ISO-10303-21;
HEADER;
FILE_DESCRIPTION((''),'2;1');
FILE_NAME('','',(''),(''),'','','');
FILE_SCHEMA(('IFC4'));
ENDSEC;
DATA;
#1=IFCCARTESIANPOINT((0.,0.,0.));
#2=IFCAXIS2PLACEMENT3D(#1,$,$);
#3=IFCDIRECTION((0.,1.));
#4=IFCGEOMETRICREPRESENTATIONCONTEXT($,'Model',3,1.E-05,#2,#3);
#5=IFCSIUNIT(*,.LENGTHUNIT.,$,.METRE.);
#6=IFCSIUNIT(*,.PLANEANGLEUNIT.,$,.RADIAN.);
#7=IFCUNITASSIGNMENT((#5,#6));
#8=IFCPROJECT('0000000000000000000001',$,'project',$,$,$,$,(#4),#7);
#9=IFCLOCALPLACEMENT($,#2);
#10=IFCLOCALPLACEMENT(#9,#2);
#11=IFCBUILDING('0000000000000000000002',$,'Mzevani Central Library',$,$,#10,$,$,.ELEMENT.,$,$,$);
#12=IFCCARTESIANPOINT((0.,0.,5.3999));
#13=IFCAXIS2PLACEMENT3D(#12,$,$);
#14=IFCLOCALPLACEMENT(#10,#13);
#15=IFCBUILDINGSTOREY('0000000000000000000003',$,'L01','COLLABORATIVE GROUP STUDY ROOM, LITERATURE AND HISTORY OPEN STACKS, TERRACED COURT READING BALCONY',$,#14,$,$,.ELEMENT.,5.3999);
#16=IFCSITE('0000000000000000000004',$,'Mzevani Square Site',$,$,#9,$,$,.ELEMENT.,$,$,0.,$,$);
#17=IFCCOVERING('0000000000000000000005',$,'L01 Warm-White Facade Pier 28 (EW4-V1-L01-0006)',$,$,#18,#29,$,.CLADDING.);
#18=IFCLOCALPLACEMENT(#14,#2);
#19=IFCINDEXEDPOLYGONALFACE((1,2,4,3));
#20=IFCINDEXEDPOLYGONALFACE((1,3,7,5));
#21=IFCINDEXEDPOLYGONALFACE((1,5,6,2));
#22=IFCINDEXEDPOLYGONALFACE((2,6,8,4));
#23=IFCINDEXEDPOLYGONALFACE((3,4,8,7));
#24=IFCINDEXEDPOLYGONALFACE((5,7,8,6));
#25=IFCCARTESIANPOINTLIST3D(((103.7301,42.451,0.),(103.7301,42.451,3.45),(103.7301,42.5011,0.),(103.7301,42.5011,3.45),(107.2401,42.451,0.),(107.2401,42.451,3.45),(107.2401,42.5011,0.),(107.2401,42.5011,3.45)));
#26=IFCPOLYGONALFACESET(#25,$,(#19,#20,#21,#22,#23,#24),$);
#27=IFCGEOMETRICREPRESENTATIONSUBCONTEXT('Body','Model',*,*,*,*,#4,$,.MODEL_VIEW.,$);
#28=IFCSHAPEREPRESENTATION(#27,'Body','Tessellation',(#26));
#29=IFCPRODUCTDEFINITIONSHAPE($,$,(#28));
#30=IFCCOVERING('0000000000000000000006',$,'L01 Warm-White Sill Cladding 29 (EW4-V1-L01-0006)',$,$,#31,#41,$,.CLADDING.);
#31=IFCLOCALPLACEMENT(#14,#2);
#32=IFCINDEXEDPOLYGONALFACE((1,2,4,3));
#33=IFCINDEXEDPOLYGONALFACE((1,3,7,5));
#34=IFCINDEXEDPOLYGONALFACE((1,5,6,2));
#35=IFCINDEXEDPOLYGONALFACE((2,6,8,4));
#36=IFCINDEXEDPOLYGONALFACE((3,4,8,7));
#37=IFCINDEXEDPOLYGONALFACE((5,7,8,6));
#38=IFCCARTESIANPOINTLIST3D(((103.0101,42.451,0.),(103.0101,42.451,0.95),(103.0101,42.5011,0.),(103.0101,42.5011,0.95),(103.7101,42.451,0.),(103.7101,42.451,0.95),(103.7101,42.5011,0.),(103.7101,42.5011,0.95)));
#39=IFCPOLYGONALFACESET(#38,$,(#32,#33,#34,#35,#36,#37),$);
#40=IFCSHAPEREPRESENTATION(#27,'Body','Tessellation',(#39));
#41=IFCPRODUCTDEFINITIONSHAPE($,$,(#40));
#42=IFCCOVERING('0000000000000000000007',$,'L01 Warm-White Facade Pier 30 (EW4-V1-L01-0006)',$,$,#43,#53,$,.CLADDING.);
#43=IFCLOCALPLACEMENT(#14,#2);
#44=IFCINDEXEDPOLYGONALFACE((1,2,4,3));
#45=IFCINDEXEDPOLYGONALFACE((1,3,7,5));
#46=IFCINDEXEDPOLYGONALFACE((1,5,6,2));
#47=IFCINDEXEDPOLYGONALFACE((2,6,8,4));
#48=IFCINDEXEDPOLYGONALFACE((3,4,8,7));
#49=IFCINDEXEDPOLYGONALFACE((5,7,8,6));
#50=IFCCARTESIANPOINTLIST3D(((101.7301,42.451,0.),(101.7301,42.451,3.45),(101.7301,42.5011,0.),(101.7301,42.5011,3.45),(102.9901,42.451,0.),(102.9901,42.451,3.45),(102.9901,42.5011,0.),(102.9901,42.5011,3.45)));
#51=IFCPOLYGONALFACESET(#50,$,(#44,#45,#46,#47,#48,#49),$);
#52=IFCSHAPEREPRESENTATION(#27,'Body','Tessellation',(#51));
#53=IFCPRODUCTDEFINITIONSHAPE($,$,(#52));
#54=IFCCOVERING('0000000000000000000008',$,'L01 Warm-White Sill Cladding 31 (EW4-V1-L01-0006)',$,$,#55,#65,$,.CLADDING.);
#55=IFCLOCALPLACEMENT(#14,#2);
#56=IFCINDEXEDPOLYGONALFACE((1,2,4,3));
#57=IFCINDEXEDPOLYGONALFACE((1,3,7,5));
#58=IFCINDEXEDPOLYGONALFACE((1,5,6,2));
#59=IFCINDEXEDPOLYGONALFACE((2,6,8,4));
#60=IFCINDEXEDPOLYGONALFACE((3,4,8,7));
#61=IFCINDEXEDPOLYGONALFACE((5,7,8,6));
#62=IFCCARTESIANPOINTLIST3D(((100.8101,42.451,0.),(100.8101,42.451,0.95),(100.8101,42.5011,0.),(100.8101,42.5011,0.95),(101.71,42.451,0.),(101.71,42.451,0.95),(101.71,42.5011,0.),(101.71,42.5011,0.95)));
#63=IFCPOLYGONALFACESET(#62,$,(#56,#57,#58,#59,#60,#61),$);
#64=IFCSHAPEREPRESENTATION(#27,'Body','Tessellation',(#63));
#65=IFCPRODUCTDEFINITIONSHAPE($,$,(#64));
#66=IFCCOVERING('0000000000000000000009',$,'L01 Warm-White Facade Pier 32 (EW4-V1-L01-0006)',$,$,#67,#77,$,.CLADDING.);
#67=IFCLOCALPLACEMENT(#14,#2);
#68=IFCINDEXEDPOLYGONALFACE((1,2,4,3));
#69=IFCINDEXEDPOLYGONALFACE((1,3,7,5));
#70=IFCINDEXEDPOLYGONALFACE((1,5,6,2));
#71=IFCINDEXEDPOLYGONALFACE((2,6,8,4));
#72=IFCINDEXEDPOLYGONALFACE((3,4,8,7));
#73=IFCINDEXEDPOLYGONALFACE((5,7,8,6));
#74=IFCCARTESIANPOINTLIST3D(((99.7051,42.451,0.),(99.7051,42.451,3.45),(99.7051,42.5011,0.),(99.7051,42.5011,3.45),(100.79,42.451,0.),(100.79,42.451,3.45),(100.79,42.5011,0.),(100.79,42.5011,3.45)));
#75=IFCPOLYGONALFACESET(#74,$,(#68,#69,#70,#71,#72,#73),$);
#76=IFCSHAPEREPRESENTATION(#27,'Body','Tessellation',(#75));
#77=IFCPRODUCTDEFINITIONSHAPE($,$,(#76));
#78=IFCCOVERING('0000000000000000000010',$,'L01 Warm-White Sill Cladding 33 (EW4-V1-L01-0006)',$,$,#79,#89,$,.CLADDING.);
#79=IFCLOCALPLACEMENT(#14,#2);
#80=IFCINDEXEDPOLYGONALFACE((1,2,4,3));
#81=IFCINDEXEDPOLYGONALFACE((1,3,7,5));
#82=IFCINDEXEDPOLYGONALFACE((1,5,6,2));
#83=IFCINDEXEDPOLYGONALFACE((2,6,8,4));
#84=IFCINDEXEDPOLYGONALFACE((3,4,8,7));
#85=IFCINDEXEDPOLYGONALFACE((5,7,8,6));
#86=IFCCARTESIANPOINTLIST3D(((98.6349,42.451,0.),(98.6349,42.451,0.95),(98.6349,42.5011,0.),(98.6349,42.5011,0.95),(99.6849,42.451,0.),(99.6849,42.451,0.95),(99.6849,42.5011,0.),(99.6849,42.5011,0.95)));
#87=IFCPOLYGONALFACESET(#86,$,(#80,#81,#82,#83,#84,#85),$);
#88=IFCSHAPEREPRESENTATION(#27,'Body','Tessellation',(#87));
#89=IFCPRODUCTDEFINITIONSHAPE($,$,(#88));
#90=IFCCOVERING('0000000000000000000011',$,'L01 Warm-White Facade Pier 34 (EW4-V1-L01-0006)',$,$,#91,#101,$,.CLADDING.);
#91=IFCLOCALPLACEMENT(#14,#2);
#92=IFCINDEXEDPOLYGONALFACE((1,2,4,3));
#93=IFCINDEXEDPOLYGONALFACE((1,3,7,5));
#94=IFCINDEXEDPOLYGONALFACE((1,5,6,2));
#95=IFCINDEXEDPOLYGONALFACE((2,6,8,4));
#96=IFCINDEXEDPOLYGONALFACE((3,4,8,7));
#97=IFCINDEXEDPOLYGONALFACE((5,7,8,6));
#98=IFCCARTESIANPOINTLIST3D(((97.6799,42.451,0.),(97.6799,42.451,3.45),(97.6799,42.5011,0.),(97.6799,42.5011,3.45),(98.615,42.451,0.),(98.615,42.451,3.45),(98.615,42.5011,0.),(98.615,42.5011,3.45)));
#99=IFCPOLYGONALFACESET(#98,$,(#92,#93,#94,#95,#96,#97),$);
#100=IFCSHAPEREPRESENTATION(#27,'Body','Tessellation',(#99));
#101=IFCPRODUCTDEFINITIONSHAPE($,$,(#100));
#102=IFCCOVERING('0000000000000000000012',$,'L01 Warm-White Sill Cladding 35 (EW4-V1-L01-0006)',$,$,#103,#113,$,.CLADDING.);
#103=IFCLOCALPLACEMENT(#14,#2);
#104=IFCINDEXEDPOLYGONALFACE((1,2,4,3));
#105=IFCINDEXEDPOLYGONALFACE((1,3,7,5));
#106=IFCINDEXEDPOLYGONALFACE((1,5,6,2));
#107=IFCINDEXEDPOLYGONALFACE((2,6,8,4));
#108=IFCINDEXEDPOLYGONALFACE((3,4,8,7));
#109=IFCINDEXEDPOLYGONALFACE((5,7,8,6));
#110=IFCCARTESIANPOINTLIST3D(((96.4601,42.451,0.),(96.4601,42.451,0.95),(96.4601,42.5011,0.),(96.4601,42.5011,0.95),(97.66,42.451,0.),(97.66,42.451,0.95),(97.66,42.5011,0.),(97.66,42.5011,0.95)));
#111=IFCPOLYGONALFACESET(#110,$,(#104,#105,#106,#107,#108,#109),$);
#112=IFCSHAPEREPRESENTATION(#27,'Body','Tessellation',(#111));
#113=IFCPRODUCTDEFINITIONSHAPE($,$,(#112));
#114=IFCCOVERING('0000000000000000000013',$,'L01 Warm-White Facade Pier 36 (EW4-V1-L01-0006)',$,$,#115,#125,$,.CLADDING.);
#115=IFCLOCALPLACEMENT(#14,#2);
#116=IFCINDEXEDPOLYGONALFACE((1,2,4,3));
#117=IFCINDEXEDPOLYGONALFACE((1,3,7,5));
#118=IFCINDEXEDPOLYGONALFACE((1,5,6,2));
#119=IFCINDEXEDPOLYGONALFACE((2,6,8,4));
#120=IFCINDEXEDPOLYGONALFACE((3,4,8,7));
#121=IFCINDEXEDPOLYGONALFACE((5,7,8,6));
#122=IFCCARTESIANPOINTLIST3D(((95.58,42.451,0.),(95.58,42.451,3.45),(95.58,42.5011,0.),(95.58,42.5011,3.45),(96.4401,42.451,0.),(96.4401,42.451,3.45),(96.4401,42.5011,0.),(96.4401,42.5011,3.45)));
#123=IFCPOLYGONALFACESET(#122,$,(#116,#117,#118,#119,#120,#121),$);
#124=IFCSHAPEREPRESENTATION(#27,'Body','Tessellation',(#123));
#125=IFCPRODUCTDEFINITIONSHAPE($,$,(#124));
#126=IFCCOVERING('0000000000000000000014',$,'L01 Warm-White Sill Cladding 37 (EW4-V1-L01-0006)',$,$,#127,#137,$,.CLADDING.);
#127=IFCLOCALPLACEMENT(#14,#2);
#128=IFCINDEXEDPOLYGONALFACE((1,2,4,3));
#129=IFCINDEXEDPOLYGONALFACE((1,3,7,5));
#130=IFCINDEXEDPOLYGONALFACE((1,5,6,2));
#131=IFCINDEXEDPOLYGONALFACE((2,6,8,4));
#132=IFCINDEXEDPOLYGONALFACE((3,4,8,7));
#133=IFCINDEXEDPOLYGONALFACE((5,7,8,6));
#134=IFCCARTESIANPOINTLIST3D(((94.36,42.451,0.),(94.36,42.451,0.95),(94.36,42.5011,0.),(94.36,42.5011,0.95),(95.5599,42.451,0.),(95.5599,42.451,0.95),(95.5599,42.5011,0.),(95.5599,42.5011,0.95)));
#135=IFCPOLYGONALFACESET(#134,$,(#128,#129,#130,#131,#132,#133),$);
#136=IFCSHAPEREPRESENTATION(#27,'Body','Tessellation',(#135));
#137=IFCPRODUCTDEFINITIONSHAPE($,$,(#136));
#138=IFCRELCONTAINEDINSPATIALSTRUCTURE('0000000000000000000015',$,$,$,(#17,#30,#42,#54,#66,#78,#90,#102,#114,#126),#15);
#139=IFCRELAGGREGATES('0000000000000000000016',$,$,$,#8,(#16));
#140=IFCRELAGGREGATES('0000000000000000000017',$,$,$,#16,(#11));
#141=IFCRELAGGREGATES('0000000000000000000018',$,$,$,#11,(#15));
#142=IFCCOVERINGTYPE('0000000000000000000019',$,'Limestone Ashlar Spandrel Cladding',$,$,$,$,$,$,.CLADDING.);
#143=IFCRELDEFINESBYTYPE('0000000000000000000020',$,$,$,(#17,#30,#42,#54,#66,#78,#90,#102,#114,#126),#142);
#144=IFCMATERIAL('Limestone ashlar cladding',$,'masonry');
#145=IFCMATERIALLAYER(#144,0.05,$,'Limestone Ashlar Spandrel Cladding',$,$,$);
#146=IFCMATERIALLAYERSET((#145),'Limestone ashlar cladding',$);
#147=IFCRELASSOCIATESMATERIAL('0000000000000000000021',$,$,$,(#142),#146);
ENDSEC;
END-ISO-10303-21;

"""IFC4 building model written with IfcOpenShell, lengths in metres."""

from ifc_helpers import new_model, si_unit, direction, frame, origin, origin_2d, place, context, subcontext, project, spatial, rectangle, extrude, material, layer, layer_set, type_object, element, save


model = new_model("IFC4")

# Units and contexts
model_context = context("Model", 3, precision=1e-05, world=origin(), true_north=direction((0.0, 1.0)))
body_context = subcontext(model_context, "Body", "Model", "MODEL_VIEW")
ifc_project = project(units=[si_unit("LENGTHUNIT", "METRE"), si_unit("PLANEANGLEUNIT", "RADIAN")], contexts=[model_context])

# Site, building, storey
site_placement = place(None, origin())
site = spatial("IfcSite", under=ifc_project, at=site_placement, Name="Mzevani Square Site", CompositionType="ELEMENT", RefElevation=0.0)
building_placement = place(site_placement, origin())
building = spatial("IfcBuilding", under=site, at=building_placement, Name="Mzevani Central Library", CompositionType="ELEMENT")
storey_placement = place(building_placement, frame((0.0, 0.0, 5.3999)))
storey = spatial("IfcBuildingStorey", under=building, at=storey_placement, Name="L01", Description="COLLABORATIVE GROUP STUDY ROOM, LITERATURE AND HISTORY OPEN STACKS, TERRACED COURT READING BALCONY", CompositionType="ELEMENT", Elevation=5.3999)

# Coverings
ifc_material_1 = material(Name="Limestone ashlar cladding", Category="masonry")
ifc_layer_1 = layer(ifc_material_1, 0.05, Name="Limestone Ashlar Spandrel Cladding")
ifc_layer_set_1 = layer_set([ifc_layer_1], Name="Limestone ashlar cladding")
covering_type = type_object("IfcCoveringType", Name="Limestone Ashlar Spandrel Cladding", PredefinedType="CLADDING", material=ifc_layer_set_1)
covering_1_placement = place(storey_placement, frame((105.4851, 42.4761, 0.0), z_axis=(0.0, 0.0, 1.0), x_axis=(-1.0, 0.0, 0.0)))
element("IfcCovering", 1, at=covering_1_placement, inside=storey, type_object=covering_type, Name="L01 Warm-White Facade Pier 28 (EW4-V1-L01-0006)", PredefinedType="CLADDING", context=body_context, shape_type="SweptSolid", body=[
    extrude(rectangle(XDim=3.51, YDim=0.05, at=origin_2d()), origin(), (0.0, 0.0, 1.0), 3.45),
])
covering_2_placement = place(storey_placement, frame((103.3601, 42.4761, 0.0), z_axis=(0.0, 0.0, 1.0), x_axis=(-1.0, 0.0, 0.0)))
element("IfcCovering", 2, at=covering_2_placement, inside=storey, type_object=covering_type, Name="L01 Warm-White Sill Cladding 29 (EW4-V1-L01-0006)", PredefinedType="CLADDING", context=body_context, shape_type="SweptSolid", body=[
    extrude(rectangle(XDim=0.7, YDim=0.05, at=origin_2d()), origin(), (0.0, 0.0, 1.0), 0.95),
])
covering_3_placement = place(storey_placement, frame((102.3601, 42.4761, 0.0), z_axis=(0.0, 0.0, 1.0), x_axis=(-1.0, 0.0, 0.0)))
element("IfcCovering", 3, at=covering_3_placement, inside=storey, type_object=covering_type, Name="L01 Warm-White Facade Pier 30 (EW4-V1-L01-0006)", PredefinedType="CLADDING", context=body_context, shape_type="SweptSolid", body=[
    extrude(rectangle(XDim=1.26, YDim=0.05, at=origin_2d()), origin(), (0.0, 0.0, 1.0), 3.45),
])
covering_4_placement = place(storey_placement, frame((101.26, 42.4761, 0.0), z_axis=(0.0, 0.0, 1.0), x_axis=(-1.0, 0.0, 0.0)))
element("IfcCovering", 4, at=covering_4_placement, inside=storey, type_object=covering_type, Name="L01 Warm-White Sill Cladding 31 (EW4-V1-L01-0006)", PredefinedType="CLADDING", context=body_context, shape_type="SweptSolid", body=[
    extrude(rectangle(XDim=0.8999, YDim=0.05, at=origin_2d()), origin(), (0.0, 0.0, 1.0), 0.95),
])
covering_5_placement = place(storey_placement, frame((100.2476, 42.4761, 0.0), z_axis=(0.0, 0.0, 1.0), x_axis=(-1.0, 0.0, 0.0)))
element("IfcCovering", 5, at=covering_5_placement, inside=storey, type_object=covering_type, Name="L01 Warm-White Facade Pier 32 (EW4-V1-L01-0006)", PredefinedType="CLADDING", context=body_context, shape_type="SweptSolid", body=[
    extrude(rectangle(XDim=1.085, YDim=0.05, at=origin_2d()), origin(), (0.0, 0.0, 1.0), 3.45),
])
covering_6_placement = place(storey_placement, frame((99.1599, 42.4761, 0.0), z_axis=(0.0, 0.0, 1.0), x_axis=(-1.0, 0.0, 0.0)))
element("IfcCovering", 6, at=covering_6_placement, inside=storey, type_object=covering_type, Name="L01 Warm-White Sill Cladding 33 (EW4-V1-L01-0006)", PredefinedType="CLADDING", context=body_context, shape_type="SweptSolid", body=[
    extrude(rectangle(XDim=1.05, YDim=0.05, at=origin_2d()), origin(), (0.0, 0.0, 1.0), 0.95),
])
covering_7_placement = place(storey_placement, frame((98.1475, 42.4761, 0.0), z_axis=(0.0, 0.0, 1.0), x_axis=(-1.0, 0.0, 0.0)))
element("IfcCovering", 7, at=covering_7_placement, inside=storey, type_object=covering_type, Name="L01 Warm-White Facade Pier 34 (EW4-V1-L01-0006)", PredefinedType="CLADDING", context=body_context, shape_type="SweptSolid", body=[
    extrude(rectangle(XDim=0.9351, YDim=0.05, at=origin_2d()), origin(), (0.0, 0.0, 1.0), 3.45),
])
covering_8_placement = place(storey_placement, frame((97.0601, 42.4761, 0.0), z_axis=(0.0, 0.0, 1.0), x_axis=(-1.0, 0.0, 0.0)))
element("IfcCovering", 8, at=covering_8_placement, inside=storey, type_object=covering_type, Name="L01 Warm-White Sill Cladding 35 (EW4-V1-L01-0006)", PredefinedType="CLADDING", context=body_context, shape_type="SweptSolid", body=[
    extrude(rectangle(XDim=1.2, YDim=0.05, at=origin_2d()), origin(), (0.0, 0.0, 1.0), 0.95),
])
covering_9_placement = place(storey_placement, frame((96.01, 42.4761, 0.0), z_axis=(0.0, 0.0, 1.0), x_axis=(-1.0, 0.0, 0.0)))
element("IfcCovering", 9, at=covering_9_placement, inside=storey, type_object=covering_type, Name="L01 Warm-White Facade Pier 36 (EW4-V1-L01-0006)", PredefinedType="CLADDING", context=body_context, shape_type="SweptSolid", body=[
    extrude(rectangle(XDim=0.8601, YDim=0.05, at=origin_2d()), origin(), (0.0, 0.0, 1.0), 3.45),
])
covering_10_placement = place(storey_placement, frame((94.96, 42.4761, 0.0), z_axis=(0.0, 0.0, 1.0), x_axis=(-1.0, 0.0, 0.0)))
element("IfcCovering", 10, at=covering_10_placement, inside=storey, type_object=covering_type, Name="L01 Warm-White Sill Cladding 37 (EW4-V1-L01-0006)", PredefinedType="CLADDING", context=body_context, shape_type="SweptSolid", body=[
    extrude(rectangle(XDim=1.2, YDim=0.05, at=origin_2d()), origin(), (0.0, 0.0, 1.0), 0.95),
])

save(model, "model.ifc")
